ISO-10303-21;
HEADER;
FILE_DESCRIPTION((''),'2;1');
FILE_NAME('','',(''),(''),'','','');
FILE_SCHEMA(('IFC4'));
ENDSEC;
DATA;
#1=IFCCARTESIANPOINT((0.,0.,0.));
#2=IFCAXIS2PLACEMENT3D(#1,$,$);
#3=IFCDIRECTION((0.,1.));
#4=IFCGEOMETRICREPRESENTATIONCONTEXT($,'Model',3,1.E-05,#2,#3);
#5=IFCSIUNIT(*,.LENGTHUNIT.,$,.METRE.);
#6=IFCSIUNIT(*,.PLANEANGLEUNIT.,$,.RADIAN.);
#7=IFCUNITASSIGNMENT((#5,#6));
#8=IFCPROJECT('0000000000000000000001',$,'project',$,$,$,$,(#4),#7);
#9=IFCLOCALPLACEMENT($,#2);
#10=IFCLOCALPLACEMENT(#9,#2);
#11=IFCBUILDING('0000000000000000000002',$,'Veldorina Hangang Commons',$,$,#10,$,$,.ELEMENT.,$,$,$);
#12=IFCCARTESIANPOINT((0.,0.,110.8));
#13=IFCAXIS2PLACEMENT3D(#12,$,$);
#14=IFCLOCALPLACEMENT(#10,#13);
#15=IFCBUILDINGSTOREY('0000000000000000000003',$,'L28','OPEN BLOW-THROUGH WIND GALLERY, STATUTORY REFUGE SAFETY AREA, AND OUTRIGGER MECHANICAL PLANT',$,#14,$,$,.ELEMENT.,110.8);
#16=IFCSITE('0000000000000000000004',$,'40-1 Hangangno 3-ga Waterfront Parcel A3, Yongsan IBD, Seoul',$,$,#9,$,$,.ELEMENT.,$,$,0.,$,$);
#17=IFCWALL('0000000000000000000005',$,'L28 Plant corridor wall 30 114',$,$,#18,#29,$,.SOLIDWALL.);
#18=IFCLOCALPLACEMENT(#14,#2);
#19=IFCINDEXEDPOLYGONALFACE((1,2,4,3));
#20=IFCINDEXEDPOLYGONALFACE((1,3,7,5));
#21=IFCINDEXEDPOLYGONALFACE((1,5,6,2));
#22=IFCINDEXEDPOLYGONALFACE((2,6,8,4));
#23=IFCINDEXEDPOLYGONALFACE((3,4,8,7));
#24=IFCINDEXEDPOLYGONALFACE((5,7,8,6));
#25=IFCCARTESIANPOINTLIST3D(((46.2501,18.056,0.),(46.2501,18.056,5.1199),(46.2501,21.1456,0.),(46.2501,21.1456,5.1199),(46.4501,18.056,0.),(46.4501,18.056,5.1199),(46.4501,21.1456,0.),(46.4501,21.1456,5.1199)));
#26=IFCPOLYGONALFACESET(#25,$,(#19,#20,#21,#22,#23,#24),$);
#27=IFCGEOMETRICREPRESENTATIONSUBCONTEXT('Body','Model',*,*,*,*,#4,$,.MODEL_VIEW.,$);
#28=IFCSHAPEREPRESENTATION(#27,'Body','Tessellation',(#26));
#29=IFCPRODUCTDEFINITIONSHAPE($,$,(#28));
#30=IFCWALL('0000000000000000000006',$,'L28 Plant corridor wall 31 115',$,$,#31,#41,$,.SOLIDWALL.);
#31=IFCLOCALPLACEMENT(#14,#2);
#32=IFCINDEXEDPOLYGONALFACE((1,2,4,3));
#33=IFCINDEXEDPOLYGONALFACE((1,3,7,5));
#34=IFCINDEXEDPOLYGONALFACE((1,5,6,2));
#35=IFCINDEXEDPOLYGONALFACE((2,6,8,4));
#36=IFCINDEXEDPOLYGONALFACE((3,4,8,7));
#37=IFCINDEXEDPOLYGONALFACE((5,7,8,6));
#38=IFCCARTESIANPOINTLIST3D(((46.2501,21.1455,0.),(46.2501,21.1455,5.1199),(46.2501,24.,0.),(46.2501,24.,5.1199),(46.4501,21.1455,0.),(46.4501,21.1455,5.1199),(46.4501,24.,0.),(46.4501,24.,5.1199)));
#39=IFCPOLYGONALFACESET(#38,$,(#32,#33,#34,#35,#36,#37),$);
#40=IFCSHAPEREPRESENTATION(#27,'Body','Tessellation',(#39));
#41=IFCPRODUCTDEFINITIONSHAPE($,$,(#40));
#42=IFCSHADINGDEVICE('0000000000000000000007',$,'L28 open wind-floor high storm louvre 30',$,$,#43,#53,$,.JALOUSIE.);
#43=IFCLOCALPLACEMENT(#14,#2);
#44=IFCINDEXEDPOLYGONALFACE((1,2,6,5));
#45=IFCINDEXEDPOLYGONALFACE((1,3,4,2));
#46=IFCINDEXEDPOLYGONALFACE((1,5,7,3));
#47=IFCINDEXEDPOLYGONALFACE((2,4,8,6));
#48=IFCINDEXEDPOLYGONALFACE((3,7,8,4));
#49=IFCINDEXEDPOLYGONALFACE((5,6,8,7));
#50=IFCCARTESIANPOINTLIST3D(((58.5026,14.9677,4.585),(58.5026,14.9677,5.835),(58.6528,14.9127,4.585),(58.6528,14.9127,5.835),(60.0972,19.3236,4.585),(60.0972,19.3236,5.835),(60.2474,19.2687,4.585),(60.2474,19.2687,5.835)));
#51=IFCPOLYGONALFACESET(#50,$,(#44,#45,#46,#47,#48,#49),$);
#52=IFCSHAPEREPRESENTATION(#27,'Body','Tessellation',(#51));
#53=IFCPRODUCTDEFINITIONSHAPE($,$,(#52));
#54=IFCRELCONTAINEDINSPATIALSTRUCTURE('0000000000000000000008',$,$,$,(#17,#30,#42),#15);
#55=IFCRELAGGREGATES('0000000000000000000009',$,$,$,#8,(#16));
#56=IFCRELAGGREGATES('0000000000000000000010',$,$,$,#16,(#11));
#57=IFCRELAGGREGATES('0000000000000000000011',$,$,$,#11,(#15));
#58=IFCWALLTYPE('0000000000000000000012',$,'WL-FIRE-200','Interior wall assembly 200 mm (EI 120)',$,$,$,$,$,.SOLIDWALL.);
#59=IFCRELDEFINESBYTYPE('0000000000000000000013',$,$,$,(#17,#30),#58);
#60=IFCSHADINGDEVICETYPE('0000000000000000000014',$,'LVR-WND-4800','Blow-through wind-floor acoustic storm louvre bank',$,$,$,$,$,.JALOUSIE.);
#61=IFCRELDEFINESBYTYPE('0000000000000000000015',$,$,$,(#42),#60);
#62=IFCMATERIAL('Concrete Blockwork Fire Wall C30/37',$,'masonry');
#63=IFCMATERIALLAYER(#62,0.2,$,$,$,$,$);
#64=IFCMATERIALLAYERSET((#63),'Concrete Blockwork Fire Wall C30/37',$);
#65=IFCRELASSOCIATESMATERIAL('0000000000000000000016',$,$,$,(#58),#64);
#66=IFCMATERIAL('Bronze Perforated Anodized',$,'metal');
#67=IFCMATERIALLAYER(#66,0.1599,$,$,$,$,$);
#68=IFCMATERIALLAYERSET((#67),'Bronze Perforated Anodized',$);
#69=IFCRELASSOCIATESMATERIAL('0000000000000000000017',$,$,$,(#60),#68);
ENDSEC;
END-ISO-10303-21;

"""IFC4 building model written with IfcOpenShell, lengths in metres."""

from ifc_helpers import new_model, si_unit, direction, frame, frame_2d, origin, origin_2d, place, context, subcontext, project, spatial, rectangle, extrude, material, layer, layer_set, type_object, element, save


model = new_model("IFC4")

# Units and contexts
model_context = context("Model", 3, precision=1e-05, world=origin(), true_north=direction((0.0, 1.0)))
body_context = subcontext(model_context, "Body", "Model", "MODEL_VIEW")
ifc_project = project(units=[si_unit("LENGTHUNIT", "METRE"), si_unit("PLANEANGLEUNIT", "RADIAN")], contexts=[model_context])

# Site, building, storey
site_placement = place(None, origin())
site = spatial("IfcSite", under=ifc_project, at=site_placement, Name="40-1 Hangangno 3-ga Waterfront Parcel A3, Yongsan IBD, Seoul", CompositionType="ELEMENT", RefElevation=0.0)
building_placement = place(site_placement, origin())
building = spatial("IfcBuilding", under=site, at=building_placement, Name="Veldorina Hangang Commons", CompositionType="ELEMENT")
storey_placement = place(building_placement, frame((0.0, 0.0, 110.8)))
storey = spatial("IfcBuildingStorey", under=building, at=storey_placement, Name="L28", Description="OPEN BLOW-THROUGH WIND GALLERY, STATUTORY REFUGE SAFETY AREA, AND OUTRIGGER MECHANICAL PLANT", CompositionType="ELEMENT", Elevation=110.8)

# Walls
ifc_material_1 = material(Name="Concrete Blockwork Fire Wall C30/37", Category="masonry")
ifc_layer_1 = layer(ifc_material_1, 0.2)
ifc_layer_set_1 = layer_set([ifc_layer_1], Name="Concrete Blockwork Fire Wall C30/37")
wall_type = type_object("IfcWallType", Name="WL-FIRE-200", Description="Interior wall assembly 200 mm (EI 120)", PredefinedType="SOLIDWALL", material=ifc_layer_set_1)
wall_1_placement = place(storey_placement, frame((46.3501, 18.0559, 0.0), z_axis=(0.0, 0.0, 1.0), x_axis=(0.0, 1.0, 0.0)))
element("IfcWall", 1, at=wall_1_placement, inside=storey, type_object=wall_type, Name="L28 Plant corridor wall 30 114", PredefinedType="SOLIDWALL", context=body_context, shape_type="SweptSolid", body=[
    extrude(rectangle(XDim=3.0896, YDim=0.2, at=frame_2d((1.5449, 0.0))), origin(), (0.0, 0.0, 1.0), 5.1199),
])
wall_2_placement = place(storey_placement, frame((46.3501, 21.1455, 0.0), z_axis=(0.0, 0.0, 1.0), x_axis=(0.0, 1.0, 0.0)))
element("IfcWall", 2, at=wall_2_placement, inside=storey, type_object=wall_type, Name="L28 Plant corridor wall 31 115", PredefinedType="SOLIDWALL", context=body_context, shape_type="SweptSolid", body=[
    extrude(rectangle(XDim=2.8545, YDim=0.2, at=frame_2d((1.4272, 0.0))), origin(), (0.0, 0.0, 1.0), 5.1199),
])

# Shading device
ifc_material_2 = material(Name="Bronze Perforated Anodized", Category="metal")
ifc_layer_2 = layer(ifc_material_2, 0.1599)
ifc_layer_set_2 = layer_set([ifc_layer_2], Name="Bronze Perforated Anodized")
shading_device_type = type_object("IfcShadingDeviceType", Name="LVR-WND-4800", Description="Blow-through wind-floor acoustic storm louvre bank", PredefinedType="JALOUSIE", material=ifc_layer_set_2)
shading_device_placement = place(storey_placement, frame((59.375, 17.1182, 4.585), z_axis=(0.0, 0.0, 1.0), x_axis=(0.343758, 0.939058, 0.0)))
element("IfcShadingDevice", 3, at=shading_device_placement, inside=storey, type_object=shading_device_type, Name="L28 open wind-floor high storm louvre 30", PredefinedType="JALOUSIE", context=body_context, shape_type="SweptSolid", body=[
    extrude(rectangle(XDim=4.6387, YDim=0.1599, at=origin_2d()), origin(), (0.0, 0.0, 1.0), 1.25),
])

save(model, "model.ifc")
